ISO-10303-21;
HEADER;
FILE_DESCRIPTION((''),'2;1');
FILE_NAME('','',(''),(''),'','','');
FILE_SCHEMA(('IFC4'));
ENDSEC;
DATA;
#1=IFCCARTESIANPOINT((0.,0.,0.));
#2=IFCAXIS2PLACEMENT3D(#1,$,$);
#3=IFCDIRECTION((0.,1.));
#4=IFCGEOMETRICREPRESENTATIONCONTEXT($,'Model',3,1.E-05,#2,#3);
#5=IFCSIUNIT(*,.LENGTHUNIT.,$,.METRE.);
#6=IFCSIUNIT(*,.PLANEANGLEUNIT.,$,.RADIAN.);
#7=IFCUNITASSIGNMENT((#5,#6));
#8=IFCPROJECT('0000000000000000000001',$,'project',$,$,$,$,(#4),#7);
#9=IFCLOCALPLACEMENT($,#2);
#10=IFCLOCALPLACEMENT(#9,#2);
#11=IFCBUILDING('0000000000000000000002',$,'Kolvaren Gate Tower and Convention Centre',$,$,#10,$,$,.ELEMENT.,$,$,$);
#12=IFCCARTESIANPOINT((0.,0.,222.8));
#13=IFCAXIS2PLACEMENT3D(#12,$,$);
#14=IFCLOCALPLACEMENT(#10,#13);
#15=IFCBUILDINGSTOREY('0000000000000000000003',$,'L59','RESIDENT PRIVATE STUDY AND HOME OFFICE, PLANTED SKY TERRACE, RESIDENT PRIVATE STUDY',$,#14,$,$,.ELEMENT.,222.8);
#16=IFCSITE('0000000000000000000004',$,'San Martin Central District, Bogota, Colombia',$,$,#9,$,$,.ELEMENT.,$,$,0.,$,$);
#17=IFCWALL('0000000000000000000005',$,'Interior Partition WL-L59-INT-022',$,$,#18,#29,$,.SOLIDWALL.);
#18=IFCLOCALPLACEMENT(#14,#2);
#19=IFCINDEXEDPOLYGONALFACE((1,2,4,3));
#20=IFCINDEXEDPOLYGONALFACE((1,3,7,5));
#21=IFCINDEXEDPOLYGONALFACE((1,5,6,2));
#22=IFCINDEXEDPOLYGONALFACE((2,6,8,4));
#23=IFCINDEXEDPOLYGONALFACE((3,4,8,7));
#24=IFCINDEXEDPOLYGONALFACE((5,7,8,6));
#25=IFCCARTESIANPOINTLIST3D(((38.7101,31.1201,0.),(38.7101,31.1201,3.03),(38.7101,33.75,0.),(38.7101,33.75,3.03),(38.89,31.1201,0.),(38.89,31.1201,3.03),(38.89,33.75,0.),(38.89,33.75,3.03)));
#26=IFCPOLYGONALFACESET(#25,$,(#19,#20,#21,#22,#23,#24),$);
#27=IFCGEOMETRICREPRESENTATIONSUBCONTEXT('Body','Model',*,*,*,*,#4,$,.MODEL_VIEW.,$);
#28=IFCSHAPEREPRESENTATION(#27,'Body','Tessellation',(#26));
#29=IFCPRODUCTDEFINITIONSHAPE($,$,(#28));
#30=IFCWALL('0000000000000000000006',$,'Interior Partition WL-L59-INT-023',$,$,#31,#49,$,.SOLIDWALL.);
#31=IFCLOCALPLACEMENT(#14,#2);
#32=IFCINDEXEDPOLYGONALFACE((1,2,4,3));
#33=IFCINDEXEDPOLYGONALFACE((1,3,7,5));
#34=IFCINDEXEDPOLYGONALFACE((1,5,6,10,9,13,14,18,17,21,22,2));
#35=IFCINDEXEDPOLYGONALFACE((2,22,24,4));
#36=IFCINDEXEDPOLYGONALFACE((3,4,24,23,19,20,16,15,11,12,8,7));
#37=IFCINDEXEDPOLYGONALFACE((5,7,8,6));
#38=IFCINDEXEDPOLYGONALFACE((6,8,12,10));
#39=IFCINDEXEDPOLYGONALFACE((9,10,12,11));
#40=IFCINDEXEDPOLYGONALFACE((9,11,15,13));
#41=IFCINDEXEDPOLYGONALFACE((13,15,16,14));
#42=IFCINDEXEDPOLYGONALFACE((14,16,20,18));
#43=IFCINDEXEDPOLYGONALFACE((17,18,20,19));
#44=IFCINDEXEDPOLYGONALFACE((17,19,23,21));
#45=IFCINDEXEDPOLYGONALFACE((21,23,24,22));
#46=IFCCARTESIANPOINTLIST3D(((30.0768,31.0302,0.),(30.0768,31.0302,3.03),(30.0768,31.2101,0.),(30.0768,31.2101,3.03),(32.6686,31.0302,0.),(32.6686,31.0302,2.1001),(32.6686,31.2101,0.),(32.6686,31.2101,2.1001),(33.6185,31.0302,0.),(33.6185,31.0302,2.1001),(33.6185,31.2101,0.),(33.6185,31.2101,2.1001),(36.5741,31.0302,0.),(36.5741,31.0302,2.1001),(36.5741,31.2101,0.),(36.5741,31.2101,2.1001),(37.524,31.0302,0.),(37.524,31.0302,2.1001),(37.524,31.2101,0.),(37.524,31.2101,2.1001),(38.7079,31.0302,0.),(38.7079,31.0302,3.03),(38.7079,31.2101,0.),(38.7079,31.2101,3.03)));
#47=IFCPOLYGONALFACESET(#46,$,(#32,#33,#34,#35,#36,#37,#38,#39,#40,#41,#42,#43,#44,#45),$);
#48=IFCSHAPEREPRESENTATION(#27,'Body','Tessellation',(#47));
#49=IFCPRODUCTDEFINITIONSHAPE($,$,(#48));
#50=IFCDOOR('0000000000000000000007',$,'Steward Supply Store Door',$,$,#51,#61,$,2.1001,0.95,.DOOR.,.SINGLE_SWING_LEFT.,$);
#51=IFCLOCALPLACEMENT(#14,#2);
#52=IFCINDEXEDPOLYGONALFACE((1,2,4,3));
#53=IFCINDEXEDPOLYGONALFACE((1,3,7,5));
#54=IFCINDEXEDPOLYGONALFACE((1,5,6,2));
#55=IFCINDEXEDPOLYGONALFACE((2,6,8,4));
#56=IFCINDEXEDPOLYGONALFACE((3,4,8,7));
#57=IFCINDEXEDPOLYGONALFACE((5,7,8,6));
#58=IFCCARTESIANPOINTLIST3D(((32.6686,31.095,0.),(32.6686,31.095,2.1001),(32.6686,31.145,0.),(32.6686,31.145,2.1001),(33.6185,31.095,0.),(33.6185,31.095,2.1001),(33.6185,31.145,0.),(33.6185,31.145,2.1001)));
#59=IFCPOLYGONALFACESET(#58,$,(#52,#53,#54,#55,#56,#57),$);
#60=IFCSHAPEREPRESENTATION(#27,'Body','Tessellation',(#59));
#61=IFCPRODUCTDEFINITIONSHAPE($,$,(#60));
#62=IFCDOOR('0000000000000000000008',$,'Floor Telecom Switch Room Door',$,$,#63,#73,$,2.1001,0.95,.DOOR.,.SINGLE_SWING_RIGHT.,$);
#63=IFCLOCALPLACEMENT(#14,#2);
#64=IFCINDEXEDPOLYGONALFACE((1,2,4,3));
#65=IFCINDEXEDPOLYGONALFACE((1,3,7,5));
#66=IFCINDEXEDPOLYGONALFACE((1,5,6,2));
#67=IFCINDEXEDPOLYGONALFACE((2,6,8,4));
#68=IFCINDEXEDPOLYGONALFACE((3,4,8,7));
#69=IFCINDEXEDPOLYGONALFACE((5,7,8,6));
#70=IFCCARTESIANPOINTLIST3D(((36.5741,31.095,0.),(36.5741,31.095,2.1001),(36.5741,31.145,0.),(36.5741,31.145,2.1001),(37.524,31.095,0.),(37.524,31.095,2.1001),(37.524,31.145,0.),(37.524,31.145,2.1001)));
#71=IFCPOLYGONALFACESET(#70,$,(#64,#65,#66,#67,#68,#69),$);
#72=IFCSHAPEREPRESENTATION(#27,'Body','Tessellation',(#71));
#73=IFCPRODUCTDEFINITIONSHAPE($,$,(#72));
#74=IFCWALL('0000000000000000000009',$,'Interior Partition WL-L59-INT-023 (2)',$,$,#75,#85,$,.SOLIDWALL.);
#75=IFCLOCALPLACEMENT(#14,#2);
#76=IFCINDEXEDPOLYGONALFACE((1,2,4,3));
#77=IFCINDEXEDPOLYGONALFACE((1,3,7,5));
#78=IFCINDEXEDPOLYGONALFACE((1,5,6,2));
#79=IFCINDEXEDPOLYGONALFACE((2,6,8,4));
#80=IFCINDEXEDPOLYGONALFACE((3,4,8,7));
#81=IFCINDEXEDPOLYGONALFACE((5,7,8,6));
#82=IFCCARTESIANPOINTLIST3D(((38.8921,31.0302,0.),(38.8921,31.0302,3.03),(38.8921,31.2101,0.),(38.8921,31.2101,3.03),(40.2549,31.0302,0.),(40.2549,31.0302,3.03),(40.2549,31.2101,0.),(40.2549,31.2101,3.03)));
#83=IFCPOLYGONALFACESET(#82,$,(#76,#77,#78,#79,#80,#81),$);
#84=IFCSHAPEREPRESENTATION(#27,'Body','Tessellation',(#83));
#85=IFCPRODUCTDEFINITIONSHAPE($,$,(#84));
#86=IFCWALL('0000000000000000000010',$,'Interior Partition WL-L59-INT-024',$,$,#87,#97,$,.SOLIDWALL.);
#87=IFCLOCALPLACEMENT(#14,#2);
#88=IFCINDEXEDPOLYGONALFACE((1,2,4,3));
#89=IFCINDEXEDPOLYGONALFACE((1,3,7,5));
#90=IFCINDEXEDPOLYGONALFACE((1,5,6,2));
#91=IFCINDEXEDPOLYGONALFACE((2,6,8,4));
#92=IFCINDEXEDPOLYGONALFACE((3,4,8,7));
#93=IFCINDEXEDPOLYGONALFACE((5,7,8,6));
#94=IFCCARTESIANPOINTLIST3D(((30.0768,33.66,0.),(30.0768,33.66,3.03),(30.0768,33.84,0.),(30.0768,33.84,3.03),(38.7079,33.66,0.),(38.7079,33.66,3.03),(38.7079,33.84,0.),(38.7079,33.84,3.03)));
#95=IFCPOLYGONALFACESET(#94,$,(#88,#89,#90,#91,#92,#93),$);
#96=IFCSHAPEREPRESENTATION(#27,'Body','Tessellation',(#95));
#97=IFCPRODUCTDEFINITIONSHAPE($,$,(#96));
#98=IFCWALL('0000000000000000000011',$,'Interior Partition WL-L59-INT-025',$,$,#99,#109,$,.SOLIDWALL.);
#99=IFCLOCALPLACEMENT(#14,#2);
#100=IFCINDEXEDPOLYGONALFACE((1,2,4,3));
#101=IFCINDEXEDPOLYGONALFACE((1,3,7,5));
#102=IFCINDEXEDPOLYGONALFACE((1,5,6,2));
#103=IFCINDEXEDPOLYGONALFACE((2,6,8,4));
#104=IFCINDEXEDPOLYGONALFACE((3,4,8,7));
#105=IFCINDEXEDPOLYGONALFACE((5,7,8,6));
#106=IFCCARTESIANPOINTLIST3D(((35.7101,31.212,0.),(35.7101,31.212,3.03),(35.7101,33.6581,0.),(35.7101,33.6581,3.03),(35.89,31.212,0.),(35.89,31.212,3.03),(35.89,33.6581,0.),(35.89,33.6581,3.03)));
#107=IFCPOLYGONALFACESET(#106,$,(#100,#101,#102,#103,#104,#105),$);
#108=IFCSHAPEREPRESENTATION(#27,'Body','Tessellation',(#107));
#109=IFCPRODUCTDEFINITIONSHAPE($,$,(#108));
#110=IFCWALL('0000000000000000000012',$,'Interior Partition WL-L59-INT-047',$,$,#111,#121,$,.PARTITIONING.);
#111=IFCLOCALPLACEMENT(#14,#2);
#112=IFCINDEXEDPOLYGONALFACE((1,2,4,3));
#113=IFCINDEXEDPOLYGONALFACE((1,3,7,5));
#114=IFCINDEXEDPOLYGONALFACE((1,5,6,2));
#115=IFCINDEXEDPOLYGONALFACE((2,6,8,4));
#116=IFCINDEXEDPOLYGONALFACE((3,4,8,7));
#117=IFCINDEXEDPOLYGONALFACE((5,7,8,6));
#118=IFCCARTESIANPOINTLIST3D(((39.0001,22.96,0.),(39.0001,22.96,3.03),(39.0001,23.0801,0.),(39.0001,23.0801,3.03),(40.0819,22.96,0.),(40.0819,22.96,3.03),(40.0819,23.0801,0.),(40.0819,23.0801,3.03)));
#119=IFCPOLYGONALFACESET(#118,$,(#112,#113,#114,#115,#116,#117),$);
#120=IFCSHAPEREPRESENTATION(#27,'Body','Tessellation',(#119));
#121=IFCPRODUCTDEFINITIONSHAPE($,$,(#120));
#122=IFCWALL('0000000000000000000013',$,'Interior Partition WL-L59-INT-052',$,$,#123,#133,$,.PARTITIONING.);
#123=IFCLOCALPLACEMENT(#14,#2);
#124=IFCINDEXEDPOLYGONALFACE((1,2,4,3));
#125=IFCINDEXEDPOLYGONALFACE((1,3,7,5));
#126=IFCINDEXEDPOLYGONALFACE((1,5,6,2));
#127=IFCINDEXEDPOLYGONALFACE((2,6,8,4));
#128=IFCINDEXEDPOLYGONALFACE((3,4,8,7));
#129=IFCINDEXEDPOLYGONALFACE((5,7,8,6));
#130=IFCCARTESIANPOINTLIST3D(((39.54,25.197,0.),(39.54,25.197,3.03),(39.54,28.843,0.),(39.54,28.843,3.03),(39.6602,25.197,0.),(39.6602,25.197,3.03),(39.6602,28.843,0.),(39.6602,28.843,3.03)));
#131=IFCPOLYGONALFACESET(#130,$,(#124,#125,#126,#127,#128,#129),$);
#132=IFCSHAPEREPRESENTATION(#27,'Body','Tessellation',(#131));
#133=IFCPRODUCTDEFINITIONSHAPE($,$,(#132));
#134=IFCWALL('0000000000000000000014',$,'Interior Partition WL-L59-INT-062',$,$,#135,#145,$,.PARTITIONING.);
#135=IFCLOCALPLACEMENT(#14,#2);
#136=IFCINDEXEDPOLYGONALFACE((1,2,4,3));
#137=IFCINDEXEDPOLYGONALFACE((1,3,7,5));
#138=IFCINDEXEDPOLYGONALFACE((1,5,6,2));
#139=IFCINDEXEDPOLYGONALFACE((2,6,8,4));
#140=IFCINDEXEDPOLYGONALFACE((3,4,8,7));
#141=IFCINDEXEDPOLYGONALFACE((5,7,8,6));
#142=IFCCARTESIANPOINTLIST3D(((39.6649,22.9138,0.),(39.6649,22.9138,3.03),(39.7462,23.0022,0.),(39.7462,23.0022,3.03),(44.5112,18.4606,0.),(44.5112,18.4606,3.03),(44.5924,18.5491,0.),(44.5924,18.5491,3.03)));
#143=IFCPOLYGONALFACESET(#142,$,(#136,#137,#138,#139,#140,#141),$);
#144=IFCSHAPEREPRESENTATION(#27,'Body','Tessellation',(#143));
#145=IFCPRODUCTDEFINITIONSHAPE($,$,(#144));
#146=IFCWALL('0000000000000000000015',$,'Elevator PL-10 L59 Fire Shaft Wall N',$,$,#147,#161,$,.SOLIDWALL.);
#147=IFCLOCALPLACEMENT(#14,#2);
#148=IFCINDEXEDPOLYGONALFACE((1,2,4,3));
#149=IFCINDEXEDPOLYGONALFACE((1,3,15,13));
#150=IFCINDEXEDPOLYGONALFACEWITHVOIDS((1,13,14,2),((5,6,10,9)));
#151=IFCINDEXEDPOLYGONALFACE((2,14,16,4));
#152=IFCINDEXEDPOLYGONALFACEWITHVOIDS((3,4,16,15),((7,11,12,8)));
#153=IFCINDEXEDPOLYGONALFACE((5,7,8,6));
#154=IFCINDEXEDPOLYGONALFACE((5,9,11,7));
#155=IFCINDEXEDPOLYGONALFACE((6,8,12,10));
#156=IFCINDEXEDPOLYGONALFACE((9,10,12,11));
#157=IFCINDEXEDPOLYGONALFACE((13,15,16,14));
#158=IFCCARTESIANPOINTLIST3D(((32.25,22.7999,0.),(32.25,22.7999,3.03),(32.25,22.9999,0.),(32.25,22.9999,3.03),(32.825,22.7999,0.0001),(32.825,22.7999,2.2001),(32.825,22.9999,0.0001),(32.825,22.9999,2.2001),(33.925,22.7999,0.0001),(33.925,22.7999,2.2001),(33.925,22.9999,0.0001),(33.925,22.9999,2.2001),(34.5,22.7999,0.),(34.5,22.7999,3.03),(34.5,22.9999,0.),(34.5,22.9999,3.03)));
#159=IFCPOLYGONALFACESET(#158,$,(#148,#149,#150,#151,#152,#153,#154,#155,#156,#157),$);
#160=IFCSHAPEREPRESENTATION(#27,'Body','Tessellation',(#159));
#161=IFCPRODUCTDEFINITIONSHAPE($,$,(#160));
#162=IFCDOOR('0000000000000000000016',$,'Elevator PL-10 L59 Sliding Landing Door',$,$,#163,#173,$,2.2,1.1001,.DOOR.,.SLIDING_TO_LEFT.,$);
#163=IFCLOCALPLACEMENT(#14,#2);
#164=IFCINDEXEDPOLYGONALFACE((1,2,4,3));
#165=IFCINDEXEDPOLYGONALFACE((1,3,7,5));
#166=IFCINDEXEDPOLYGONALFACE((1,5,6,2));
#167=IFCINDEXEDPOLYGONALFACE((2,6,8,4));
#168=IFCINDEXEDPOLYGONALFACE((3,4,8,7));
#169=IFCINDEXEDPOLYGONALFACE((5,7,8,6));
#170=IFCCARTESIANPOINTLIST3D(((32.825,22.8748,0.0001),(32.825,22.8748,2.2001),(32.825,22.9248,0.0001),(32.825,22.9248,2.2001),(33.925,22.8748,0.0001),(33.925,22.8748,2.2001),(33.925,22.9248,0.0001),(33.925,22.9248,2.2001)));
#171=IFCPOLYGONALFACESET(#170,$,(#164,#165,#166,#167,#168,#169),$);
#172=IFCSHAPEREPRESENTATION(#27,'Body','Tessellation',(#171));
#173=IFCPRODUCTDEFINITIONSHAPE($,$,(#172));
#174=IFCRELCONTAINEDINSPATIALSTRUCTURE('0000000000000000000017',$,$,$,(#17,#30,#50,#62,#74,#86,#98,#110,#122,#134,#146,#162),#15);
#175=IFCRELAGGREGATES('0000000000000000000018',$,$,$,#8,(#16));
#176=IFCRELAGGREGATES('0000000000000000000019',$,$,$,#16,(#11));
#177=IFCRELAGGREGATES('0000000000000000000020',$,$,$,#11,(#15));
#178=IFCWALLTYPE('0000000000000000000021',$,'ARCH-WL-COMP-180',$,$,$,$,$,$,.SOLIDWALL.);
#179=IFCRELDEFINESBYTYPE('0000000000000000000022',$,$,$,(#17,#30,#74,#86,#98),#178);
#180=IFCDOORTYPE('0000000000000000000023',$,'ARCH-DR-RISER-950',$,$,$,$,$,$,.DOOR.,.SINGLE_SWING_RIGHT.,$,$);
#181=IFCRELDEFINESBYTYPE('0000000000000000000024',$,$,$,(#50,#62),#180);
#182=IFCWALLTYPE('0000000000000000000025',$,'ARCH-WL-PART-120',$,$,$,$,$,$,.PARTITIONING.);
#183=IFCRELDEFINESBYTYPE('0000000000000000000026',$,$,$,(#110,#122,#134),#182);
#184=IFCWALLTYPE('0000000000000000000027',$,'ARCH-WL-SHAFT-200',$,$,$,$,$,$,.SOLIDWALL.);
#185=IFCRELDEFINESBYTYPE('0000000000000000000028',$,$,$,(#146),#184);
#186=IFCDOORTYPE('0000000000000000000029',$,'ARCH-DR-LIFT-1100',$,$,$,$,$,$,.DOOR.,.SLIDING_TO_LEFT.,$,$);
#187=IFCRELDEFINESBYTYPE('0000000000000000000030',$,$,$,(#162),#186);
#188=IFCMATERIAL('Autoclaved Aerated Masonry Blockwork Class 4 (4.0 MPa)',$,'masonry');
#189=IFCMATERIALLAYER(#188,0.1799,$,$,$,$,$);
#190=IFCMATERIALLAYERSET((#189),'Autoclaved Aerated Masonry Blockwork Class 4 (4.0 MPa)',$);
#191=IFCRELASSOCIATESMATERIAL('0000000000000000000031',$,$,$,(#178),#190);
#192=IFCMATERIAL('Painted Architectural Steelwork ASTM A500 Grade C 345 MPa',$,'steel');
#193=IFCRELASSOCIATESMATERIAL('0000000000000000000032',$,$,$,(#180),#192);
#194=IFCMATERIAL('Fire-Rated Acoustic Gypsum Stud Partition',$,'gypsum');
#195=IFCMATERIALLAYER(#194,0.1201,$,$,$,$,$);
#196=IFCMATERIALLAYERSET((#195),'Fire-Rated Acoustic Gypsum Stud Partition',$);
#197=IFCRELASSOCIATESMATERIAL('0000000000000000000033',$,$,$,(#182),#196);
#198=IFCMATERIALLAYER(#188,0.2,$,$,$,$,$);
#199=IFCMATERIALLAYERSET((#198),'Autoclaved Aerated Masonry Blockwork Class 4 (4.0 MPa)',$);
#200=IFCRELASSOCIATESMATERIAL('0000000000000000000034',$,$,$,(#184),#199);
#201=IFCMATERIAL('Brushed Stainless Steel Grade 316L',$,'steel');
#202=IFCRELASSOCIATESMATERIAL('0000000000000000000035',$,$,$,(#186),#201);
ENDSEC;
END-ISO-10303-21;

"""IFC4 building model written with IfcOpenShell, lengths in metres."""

from ifc_helpers import new_model, si_unit, direction, frame, frame_2d, origin, place, context, subcontext, project, spatial, rectangle, extrude, material, layer, layer_set, type_object, element, fill, save


model = new_model("IFC4")

# Units and contexts
model_context = context("Model", 3, precision=1e-05, world=origin(), true_north=direction((0.0, 1.0)))
body_context = subcontext(model_context, "Body", "Model", "MODEL_VIEW")
ifc_project = project(units=[si_unit("LENGTHUNIT", "METRE"), si_unit("PLANEANGLEUNIT", "RADIAN")], contexts=[model_context])

# Site, building, storey
site_placement = place(None, origin())
site = spatial("IfcSite", under=ifc_project, at=site_placement, Name="San Martin Central District, Bogota, Colombia", CompositionType="ELEMENT", RefElevation=0.0)
building_placement = place(site_placement, origin())
building = spatial("IfcBuilding", under=site, at=building_placement, Name="Kolvaren Gate Tower and Convention Centre", CompositionType="ELEMENT")
storey_placement = place(building_placement, frame((0.0, 0.0, 222.8)))
storey = spatial("IfcBuildingStorey", under=building, at=storey_placement, Name="L59", Description="RESIDENT PRIVATE STUDY AND HOME OFFICE, PLANTED SKY TERRACE, RESIDENT PRIVATE STUDY", CompositionType="ELEMENT", Elevation=222.8)

# Wall
ifc_material_1 = material(Name="Autoclaved Aerated Masonry Blockwork Class 4 (4.0 MPa)", Category="masonry")
ifc_layer_1 = layer(ifc_material_1, 0.1799)
ifc_layer_set_1 = layer_set([ifc_layer_1], Name="Autoclaved Aerated Masonry Blockwork Class 4 (4.0 MPa)")
wall_type_1 = type_object("IfcWallType", Name="ARCH-WL-COMP-180", PredefinedType="SOLIDWALL", material=ifc_layer_set_1)
wall_1_placement = place(storey_placement, frame((38.8, 31.1201, 0.0), z_axis=(0.0, 0.0, 1.0), x_axis=(0.0, 1.0, 0.0)))
element("IfcWall", 1, at=wall_1_placement, inside=storey, type_object=wall_type_1, Name="Interior Partition WL-L59-INT-022", PredefinedType="SOLIDWALL", context=body_context, shape_type="SweptSolid", body=[
    extrude(rectangle(XDim=2.6299, YDim=0.1799, at=frame_2d((1.3149, 0.0))), origin(), (0.0, 0.0, 1.0), 3.03),
])

# Wall, openings, doors
wall_2_placement = place(storey_placement, frame((30.0769, 31.1201, 0.0), z_axis=(0.0, 0.0, 1.0), x_axis=(1.0, 0.0, 0.0)))
wall_2 = element("IfcWall", 2, at=wall_2_placement, inside=storey, type_object=wall_type_1, Name="Interior Partition WL-L59-INT-023", PredefinedType="SOLIDWALL", context=body_context, shape_type="SweptSolid", body=[
    extrude(rectangle(XDim=8.6311, YDim=0.1799, at=frame_2d((4.3154, 0.0))), origin(), (0.0, 0.0, 1.0), 3.03),
])
opening_1_placement = place(wall_2_placement, frame((2.5916, 0.0, 0.0)))
opening_1 = element("IfcOpeningElement", 3, at=opening_1_placement, cuts=wall_2, PredefinedType="OPENING", context=body_context, shape_type="SweptSolid", body=[
    extrude(rectangle(XDim=0.95, YDim=2.1001, at=frame_2d((0.4751, 1.05))), frame((0.0, 0.0999, 0.0), z_axis=(0.0, -1.0, 0.0), x_axis=(1.0, 0.0, 0.0)), (0.0, 0.0, 1.0), 0.2),
])
opening_2_placement = place(wall_2_placement, frame((6.4971, 0.0, 0.0)))
opening_2 = element("IfcOpeningElement", 4, at=opening_2_placement, cuts=wall_2, PredefinedType="OPENING", context=body_context, shape_type="SweptSolid", body=[
    extrude(rectangle(XDim=0.95, YDim=2.1001, at=frame_2d((0.4751, 1.05))), frame((0.0, 0.0999, 0.0), z_axis=(0.0, -1.0, 0.0), x_axis=(1.0, 0.0, 0.0)), (0.0, 0.0, 1.0), 0.2),
])
ifc_material_2 = material(Name="Painted Architectural Steelwork ASTM A500 Grade C 345 MPa", Category="steel")
door_type_1 = type_object("IfcDoorType", Name="ARCH-DR-RISER-950", OperationType="SINGLE_SWING_RIGHT", PredefinedType="DOOR", material=ifc_material_2)
door_1_placement = place(opening_1_placement, origin())
door_1 = element("IfcDoor", 5, at=door_1_placement, inside=storey, type_object=door_type_1, Name="Steward Supply Store Door", OperationType="SINGLE_SWING_LEFT", OverallHeight=2.1001, OverallWidth=0.95, PredefinedType="DOOR", context=body_context, shape_type="SweptSolid", body=[
    extrude(rectangle(XDim=0.95, YDim=2.1001, at=frame_2d((0.4751, 1.05))), frame((0.0, 0.0249, 0.0), z_axis=(0.0, -1.0, 0.0), x_axis=(1.0, 0.0, 0.0)), (0.0, 0.0, 1.0), 0.05),
])
fill(opening_1, door_1)
door_2_placement = place(opening_2_placement, origin())
door_2 = element("IfcDoor", 6, at=door_2_placement, inside=storey, type_object=door_type_1, Name="Floor Telecom Switch Room Door", OperationType="SINGLE_SWING_RIGHT", OverallHeight=2.1001, OverallWidth=0.95, PredefinedType="DOOR", context=body_context, shape_type="SweptSolid", body=[
    extrude(rectangle(XDim=0.95, YDim=2.1001, at=frame_2d((0.4751, 1.05))), frame((0.0, 0.0249, 0.0), z_axis=(0.0, -1.0, 0.0), x_axis=(1.0, 0.0, 0.0)), (0.0, 0.0, 1.0), 0.05),
])
fill(opening_2, door_2)

# Walls
wall_3_placement = place(storey_placement, frame((38.8921, 31.1201, 0.0), z_axis=(0.0, 0.0, 1.0), x_axis=(1.0, 0.0, 0.0)))
element("IfcWall", 7, at=wall_3_placement, inside=storey, type_object=wall_type_1, Name="Interior Partition WL-L59-INT-023 (2)", PredefinedType="SOLIDWALL", context=body_context, shape_type="SweptSolid", body=[
    extrude(rectangle(XDim=1.3628, YDim=0.1799, at=frame_2d((0.6814, 0.0))), origin(), (0.0, 0.0, 1.0), 3.03),
])
wall_4_placement = place(storey_placement, frame((30.0769, 33.75, 0.0), z_axis=(0.0, 0.0, 1.0), x_axis=(1.0, 0.0, 0.0)))
element("IfcWall", 8, at=wall_4_placement, inside=storey, type_object=wall_type_1, Name="Interior Partition WL-L59-INT-024", PredefinedType="SOLIDWALL", context=body_context, shape_type="SweptSolid", body=[
    extrude(rectangle(XDim=8.6311, YDim=0.1799, at=frame_2d((4.3154, 0.0))), origin(), (0.0, 0.0, 1.0), 3.03),
])
wall_5_placement = place(storey_placement, frame((35.8, 31.2119, 0.0), z_axis=(0.0, 0.0, 1.0), x_axis=(0.0, 1.0, 0.0)))
element("IfcWall", 9, at=wall_5_placement, inside=storey, type_object=wall_type_1, Name="Interior Partition WL-L59-INT-025", PredefinedType="SOLIDWALL", context=body_context, shape_type="SweptSolid", body=[
    extrude(rectangle(XDim=2.446, YDim=0.1799, at=frame_2d((1.2231, 0.0))), origin(), (0.0, 0.0, 1.0), 3.03),
])
ifc_material_3 = material(Name="Fire-Rated Acoustic Gypsum Stud Partition", Category="gypsum")
ifc_layer_2 = layer(ifc_material_3, 0.1201)
ifc_layer_set_2 = layer_set([ifc_layer_2], Name="Fire-Rated Acoustic Gypsum Stud Partition")
wall_type_2 = type_object("IfcWallType", Name="ARCH-WL-PART-120", PredefinedType="PARTITIONING", material=ifc_layer_set_2)
wall_6_placement = place(storey_placement, frame((39.0, 23.02, 0.0), z_axis=(0.0, 0.0, 1.0), x_axis=(1.0, 0.0, 0.0)))
element("IfcWall", 10, at=wall_6_placement, inside=storey, type_object=wall_type_2, Name="Interior Partition WL-L59-INT-047", PredefinedType="PARTITIONING", context=body_context, shape_type="SweptSolid", body=[
    extrude(rectangle(XDim=1.0818, YDim=0.1201, at=frame_2d((0.541, 0.0))), origin(), (0.0, 0.0, 1.0), 3.03),
])
wall_7_placement = place(storey_placement, frame((39.6001, 25.197, 0.0), z_axis=(0.0, 0.0, 1.0), x_axis=(0.0, 1.0, 0.0)))
element("IfcWall", 11, at=wall_7_placement, inside=storey, type_object=wall_type_2, Name="Interior Partition WL-L59-INT-052", PredefinedType="PARTITIONING", context=body_context, shape_type="SweptSolid", body=[
    extrude(rectangle(XDim=3.646, YDim=0.1201, at=frame_2d((1.823, 0.0))), origin(), (0.0, 0.0, 1.0), 3.03),
])
wall_8_placement = place(storey_placement, frame((39.7056, 22.958, 0.0), z_axis=(0.0, 0.0, 1.0), x_axis=(0.736338, -0.676614, 0.0)))
element("IfcWall", 12, at=wall_8_placement, inside=storey, type_object=wall_type_2, Name="Interior Partition WL-L59-INT-062", PredefinedType="PARTITIONING", context=body_context, shape_type="SweptSolid", body=[
    extrude(rectangle(XDim=6.5815, YDim=0.1201, at=frame_2d((3.2908, 0.0))), origin(), (0.0, 0.0, 1.0), 3.03),
])

# Wall, opening, door
ifc_layer_3 = layer(ifc_material_1, 0.2)
ifc_layer_set_3 = layer_set([ifc_layer_3], Name="Autoclaved Aerated Masonry Blockwork Class 4 (4.0 MPa)")
wall_type_3 = type_object("IfcWallType", Name="ARCH-WL-SHAFT-200", PredefinedType="SOLIDWALL", material=ifc_layer_set_3)
wall_9_placement = place(storey_placement, frame((32.25, 22.8999, 0.0), z_axis=(0.0, 0.0, 1.0), x_axis=(1.0, 0.0, 0.0)))
wall_9 = element("IfcWall", 13, at=wall_9_placement, inside=storey, type_object=wall_type_3, Name="Elevator PL-10 L59 Fire Shaft Wall N", PredefinedType="SOLIDWALL", context=body_context, shape_type="SweptSolid", body=[
    extrude(rectangle(XDim=2.25, YDim=0.2, at=frame_2d((1.125, 0.0))), origin(), (0.0, 0.0, 1.0), 3.03),
])
opening_3_placement = place(wall_9_placement, frame((0.575, 0.0, 0.0)))
opening_3 = element("IfcOpeningElement", 14, at=opening_3_placement, cuts=wall_9, PredefinedType="OPENING", context=body_context, shape_type="SweptSolid", body=[
    extrude(rectangle(XDim=1.1001, YDim=2.2, at=frame_2d((0.55, 1.1001))), frame((0.0, 0.1099, 0.0), z_axis=(0.0, -1.0, 0.0), x_axis=(1.0, 0.0, 0.0)), (0.0, 0.0, 1.0), 0.22),
])
ifc_material_4 = material(Name="Brushed Stainless Steel Grade 316L", Category="steel")
door_type_2 = type_object("IfcDoorType", Name="ARCH-DR-LIFT-1100", OperationType="SLIDING_TO_LEFT", PredefinedType="DOOR", material=ifc_material_4)
door_3_placement = place(opening_3_placement, origin())
door_3 = element("IfcDoor", 15, at=door_3_placement, inside=storey, type_object=door_type_2, Name="Elevator PL-10 L59 Sliding Landing Door", OperationType="SLIDING_TO_LEFT", OverallHeight=2.2, OverallWidth=1.1001, PredefinedType="DOOR", context=body_context, shape_type="SweptSolid", body=[
    extrude(rectangle(XDim=1.1001, YDim=2.2, at=frame_2d((0.55, 1.1001))), frame((0.0, 0.0249, 0.0), z_axis=(0.0, -1.0, 0.0), x_axis=(1.0, 0.0, 0.0)), (0.0, 0.0, 1.0), 0.05),
])
fill(opening_3, door_3)

save(model, "model.ifc")
